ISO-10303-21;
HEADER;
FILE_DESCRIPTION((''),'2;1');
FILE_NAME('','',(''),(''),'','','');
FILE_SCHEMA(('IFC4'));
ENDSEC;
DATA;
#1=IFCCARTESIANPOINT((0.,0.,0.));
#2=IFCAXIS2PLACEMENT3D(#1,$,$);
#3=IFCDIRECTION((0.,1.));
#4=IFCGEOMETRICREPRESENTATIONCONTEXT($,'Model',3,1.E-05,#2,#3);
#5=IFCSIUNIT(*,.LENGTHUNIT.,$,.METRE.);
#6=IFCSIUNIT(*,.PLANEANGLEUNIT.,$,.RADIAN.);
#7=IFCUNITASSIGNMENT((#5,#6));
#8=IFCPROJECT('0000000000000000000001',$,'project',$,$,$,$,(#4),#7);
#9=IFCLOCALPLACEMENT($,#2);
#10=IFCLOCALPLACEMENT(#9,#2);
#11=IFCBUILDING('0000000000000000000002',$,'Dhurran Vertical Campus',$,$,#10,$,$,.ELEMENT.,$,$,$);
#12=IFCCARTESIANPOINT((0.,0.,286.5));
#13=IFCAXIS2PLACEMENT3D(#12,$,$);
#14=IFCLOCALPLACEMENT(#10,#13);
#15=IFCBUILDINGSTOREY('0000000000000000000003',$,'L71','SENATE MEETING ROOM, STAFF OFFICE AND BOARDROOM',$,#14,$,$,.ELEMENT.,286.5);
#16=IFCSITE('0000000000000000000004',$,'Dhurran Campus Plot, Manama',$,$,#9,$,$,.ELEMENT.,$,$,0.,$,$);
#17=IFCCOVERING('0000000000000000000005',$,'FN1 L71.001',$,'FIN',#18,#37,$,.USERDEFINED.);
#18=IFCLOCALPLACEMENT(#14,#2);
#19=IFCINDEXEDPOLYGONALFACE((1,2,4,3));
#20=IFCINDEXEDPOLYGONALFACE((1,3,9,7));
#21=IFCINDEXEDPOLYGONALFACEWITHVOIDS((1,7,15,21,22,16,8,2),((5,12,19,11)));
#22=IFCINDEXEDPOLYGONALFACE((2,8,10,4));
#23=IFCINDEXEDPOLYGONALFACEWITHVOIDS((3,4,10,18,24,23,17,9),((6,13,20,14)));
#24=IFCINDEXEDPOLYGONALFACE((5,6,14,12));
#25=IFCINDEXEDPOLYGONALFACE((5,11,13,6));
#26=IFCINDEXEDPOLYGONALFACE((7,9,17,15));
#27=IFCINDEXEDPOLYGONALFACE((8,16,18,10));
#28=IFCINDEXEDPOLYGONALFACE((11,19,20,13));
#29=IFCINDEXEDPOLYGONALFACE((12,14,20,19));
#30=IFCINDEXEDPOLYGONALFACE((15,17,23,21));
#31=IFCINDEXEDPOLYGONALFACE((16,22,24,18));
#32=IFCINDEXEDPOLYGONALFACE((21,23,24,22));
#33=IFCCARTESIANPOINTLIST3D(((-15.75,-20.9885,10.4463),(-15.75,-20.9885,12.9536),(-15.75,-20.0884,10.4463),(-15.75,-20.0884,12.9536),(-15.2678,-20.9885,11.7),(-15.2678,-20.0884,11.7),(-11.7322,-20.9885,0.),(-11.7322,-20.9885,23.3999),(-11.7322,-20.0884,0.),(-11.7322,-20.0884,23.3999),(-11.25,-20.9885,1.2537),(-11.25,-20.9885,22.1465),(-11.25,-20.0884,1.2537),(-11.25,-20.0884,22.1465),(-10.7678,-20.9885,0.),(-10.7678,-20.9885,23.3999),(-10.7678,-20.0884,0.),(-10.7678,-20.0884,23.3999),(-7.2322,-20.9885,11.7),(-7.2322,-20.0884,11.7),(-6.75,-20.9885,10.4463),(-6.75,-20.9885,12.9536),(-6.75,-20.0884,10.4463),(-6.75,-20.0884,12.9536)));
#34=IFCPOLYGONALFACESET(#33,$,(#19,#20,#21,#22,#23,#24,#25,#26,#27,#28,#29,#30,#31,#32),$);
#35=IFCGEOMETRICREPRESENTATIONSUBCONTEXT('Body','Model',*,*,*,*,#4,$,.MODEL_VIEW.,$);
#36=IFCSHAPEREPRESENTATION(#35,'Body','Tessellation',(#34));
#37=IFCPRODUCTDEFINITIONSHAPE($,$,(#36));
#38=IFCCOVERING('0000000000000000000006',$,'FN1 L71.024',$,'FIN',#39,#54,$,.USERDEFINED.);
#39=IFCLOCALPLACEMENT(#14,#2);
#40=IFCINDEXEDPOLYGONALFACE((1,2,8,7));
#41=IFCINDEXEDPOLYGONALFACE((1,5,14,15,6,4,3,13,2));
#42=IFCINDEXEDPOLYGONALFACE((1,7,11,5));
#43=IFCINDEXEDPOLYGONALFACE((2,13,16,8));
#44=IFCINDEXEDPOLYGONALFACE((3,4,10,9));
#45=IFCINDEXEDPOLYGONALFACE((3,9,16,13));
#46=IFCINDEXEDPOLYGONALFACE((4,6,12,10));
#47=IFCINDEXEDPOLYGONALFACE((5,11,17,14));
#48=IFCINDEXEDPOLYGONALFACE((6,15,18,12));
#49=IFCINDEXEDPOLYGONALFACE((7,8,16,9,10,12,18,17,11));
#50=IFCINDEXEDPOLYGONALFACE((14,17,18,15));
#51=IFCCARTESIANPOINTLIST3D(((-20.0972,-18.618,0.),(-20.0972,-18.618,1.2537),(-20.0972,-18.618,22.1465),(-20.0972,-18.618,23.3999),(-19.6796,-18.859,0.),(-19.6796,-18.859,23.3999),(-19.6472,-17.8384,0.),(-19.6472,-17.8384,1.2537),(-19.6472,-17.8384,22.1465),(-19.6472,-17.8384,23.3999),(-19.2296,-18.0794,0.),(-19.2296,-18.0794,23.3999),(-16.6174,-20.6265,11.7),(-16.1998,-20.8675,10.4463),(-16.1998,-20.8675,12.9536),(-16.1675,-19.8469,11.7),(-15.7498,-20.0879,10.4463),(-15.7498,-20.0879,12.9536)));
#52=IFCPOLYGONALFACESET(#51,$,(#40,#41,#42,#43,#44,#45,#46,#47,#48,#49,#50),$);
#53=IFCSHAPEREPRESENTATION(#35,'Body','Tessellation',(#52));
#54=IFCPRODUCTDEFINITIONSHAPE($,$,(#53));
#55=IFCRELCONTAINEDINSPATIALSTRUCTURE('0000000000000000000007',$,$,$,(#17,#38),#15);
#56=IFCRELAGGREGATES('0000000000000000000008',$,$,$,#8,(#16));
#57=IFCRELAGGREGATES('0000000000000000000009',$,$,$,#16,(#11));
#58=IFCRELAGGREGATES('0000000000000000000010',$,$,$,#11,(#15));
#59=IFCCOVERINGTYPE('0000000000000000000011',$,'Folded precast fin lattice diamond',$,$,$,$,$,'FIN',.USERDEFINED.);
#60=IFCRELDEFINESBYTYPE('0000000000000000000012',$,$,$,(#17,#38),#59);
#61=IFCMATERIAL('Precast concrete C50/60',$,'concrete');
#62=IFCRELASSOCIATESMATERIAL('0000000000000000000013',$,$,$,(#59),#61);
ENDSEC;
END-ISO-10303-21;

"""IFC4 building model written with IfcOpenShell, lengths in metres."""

from ifc_helpers import new_model, si_unit, direction, frame, origin, place, context, subcontext, project, spatial, polyline, outline, extrude, material, type_object, element, save


model = new_model("IFC4")

# Units and contexts
model_context = context("Model", 3, precision=1e-05, world=origin(), true_north=direction((0.0, 1.0)))
body_context = subcontext(model_context, "Body", "Model", "MODEL_VIEW")
ifc_project = project(units=[si_unit("LENGTHUNIT", "METRE"), si_unit("PLANEANGLEUNIT", "RADIAN")], contexts=[model_context])

# Site, building, storey
site_placement = place(None, origin())
site = spatial("IfcSite", under=ifc_project, at=site_placement, Name="Dhurran Campus Plot, Manama", CompositionType="ELEMENT", RefElevation=0.0)
building_placement = place(site_placement, origin())
building = spatial("IfcBuilding", under=site, at=building_placement, Name="Dhurran Vertical Campus", CompositionType="ELEMENT")
storey_placement = place(building_placement, frame((0.0, 0.0, 286.5)))
storey = spatial("IfcBuildingStorey", under=building, at=storey_placement, Name="L71", Description="SENATE MEETING ROOM, STAFF OFFICE AND BOARDROOM", CompositionType="ELEMENT", Elevation=286.5)

# Coverings
ifc_material_1 = material(Name="Precast concrete C50/60", Category="concrete")
covering_type = type_object("IfcCoveringType", Name="Folded precast fin lattice diamond", ElementType="FIN", PredefinedType="USERDEFINED", material=ifc_material_1)
covering_1_placement = place(storey_placement, frame((-15.75, -20.0884, 0.0), z_axis=(0.0, -1.0, 0.0), x_axis=(1.0, 0.0, 0.0)))
element("IfcCovering", 1, at=covering_1_placement, inside=storey, type_object=covering_type, Name="FN1 L71.001", ObjectType="FIN", PredefinedType="USERDEFINED", context=body_context, shape_type="SweptSolid", body=[
    extrude(outline(polyline([(9.0, 12.9536), (9.0, 10.4463), (4.9822, 0.0), (4.0178, 0.0), (0.0, 10.4463), (0.0, 12.9536), (4.0178, 23.3999), (4.9822, 23.3999), (9.0, 12.9536)]), holes=[polyline([(8.5178, 11.7), (4.5, 22.1465), (0.4822, 11.7), (4.5, 1.2537), (8.5178, 11.7)])]), origin(), (0.0, 0.0, 1.0), 0.9001),
])
covering_2_placement = place(storey_placement, frame((-19.6472, -17.8384, 0.0), z_axis=(-0.499902, -0.866082, 0.0), x_axis=(0.866082, -0.499902, 0.0)))
element("IfcCovering", 2, at=covering_2_placement, inside=storey, type_object=covering_type, Name="FN1 L71.024", ObjectType="FIN", PredefinedType="USERDEFINED", context=body_context, shape_type="SweptSolid", body=[
    extrude(outline(polyline([(4.5, 10.4463), (0.4822, 0.0), (0.0, 0.0), (0.0, 1.2537), (4.0178, 11.7), (0.0, 22.1465), (0.0, 23.3999), (0.4822, 23.3999), (4.5, 12.9536), (4.5, 10.4463)])), origin(), (0.0, 0.0, 1.0), 0.9001),
])

save(model, "model.ifc")
